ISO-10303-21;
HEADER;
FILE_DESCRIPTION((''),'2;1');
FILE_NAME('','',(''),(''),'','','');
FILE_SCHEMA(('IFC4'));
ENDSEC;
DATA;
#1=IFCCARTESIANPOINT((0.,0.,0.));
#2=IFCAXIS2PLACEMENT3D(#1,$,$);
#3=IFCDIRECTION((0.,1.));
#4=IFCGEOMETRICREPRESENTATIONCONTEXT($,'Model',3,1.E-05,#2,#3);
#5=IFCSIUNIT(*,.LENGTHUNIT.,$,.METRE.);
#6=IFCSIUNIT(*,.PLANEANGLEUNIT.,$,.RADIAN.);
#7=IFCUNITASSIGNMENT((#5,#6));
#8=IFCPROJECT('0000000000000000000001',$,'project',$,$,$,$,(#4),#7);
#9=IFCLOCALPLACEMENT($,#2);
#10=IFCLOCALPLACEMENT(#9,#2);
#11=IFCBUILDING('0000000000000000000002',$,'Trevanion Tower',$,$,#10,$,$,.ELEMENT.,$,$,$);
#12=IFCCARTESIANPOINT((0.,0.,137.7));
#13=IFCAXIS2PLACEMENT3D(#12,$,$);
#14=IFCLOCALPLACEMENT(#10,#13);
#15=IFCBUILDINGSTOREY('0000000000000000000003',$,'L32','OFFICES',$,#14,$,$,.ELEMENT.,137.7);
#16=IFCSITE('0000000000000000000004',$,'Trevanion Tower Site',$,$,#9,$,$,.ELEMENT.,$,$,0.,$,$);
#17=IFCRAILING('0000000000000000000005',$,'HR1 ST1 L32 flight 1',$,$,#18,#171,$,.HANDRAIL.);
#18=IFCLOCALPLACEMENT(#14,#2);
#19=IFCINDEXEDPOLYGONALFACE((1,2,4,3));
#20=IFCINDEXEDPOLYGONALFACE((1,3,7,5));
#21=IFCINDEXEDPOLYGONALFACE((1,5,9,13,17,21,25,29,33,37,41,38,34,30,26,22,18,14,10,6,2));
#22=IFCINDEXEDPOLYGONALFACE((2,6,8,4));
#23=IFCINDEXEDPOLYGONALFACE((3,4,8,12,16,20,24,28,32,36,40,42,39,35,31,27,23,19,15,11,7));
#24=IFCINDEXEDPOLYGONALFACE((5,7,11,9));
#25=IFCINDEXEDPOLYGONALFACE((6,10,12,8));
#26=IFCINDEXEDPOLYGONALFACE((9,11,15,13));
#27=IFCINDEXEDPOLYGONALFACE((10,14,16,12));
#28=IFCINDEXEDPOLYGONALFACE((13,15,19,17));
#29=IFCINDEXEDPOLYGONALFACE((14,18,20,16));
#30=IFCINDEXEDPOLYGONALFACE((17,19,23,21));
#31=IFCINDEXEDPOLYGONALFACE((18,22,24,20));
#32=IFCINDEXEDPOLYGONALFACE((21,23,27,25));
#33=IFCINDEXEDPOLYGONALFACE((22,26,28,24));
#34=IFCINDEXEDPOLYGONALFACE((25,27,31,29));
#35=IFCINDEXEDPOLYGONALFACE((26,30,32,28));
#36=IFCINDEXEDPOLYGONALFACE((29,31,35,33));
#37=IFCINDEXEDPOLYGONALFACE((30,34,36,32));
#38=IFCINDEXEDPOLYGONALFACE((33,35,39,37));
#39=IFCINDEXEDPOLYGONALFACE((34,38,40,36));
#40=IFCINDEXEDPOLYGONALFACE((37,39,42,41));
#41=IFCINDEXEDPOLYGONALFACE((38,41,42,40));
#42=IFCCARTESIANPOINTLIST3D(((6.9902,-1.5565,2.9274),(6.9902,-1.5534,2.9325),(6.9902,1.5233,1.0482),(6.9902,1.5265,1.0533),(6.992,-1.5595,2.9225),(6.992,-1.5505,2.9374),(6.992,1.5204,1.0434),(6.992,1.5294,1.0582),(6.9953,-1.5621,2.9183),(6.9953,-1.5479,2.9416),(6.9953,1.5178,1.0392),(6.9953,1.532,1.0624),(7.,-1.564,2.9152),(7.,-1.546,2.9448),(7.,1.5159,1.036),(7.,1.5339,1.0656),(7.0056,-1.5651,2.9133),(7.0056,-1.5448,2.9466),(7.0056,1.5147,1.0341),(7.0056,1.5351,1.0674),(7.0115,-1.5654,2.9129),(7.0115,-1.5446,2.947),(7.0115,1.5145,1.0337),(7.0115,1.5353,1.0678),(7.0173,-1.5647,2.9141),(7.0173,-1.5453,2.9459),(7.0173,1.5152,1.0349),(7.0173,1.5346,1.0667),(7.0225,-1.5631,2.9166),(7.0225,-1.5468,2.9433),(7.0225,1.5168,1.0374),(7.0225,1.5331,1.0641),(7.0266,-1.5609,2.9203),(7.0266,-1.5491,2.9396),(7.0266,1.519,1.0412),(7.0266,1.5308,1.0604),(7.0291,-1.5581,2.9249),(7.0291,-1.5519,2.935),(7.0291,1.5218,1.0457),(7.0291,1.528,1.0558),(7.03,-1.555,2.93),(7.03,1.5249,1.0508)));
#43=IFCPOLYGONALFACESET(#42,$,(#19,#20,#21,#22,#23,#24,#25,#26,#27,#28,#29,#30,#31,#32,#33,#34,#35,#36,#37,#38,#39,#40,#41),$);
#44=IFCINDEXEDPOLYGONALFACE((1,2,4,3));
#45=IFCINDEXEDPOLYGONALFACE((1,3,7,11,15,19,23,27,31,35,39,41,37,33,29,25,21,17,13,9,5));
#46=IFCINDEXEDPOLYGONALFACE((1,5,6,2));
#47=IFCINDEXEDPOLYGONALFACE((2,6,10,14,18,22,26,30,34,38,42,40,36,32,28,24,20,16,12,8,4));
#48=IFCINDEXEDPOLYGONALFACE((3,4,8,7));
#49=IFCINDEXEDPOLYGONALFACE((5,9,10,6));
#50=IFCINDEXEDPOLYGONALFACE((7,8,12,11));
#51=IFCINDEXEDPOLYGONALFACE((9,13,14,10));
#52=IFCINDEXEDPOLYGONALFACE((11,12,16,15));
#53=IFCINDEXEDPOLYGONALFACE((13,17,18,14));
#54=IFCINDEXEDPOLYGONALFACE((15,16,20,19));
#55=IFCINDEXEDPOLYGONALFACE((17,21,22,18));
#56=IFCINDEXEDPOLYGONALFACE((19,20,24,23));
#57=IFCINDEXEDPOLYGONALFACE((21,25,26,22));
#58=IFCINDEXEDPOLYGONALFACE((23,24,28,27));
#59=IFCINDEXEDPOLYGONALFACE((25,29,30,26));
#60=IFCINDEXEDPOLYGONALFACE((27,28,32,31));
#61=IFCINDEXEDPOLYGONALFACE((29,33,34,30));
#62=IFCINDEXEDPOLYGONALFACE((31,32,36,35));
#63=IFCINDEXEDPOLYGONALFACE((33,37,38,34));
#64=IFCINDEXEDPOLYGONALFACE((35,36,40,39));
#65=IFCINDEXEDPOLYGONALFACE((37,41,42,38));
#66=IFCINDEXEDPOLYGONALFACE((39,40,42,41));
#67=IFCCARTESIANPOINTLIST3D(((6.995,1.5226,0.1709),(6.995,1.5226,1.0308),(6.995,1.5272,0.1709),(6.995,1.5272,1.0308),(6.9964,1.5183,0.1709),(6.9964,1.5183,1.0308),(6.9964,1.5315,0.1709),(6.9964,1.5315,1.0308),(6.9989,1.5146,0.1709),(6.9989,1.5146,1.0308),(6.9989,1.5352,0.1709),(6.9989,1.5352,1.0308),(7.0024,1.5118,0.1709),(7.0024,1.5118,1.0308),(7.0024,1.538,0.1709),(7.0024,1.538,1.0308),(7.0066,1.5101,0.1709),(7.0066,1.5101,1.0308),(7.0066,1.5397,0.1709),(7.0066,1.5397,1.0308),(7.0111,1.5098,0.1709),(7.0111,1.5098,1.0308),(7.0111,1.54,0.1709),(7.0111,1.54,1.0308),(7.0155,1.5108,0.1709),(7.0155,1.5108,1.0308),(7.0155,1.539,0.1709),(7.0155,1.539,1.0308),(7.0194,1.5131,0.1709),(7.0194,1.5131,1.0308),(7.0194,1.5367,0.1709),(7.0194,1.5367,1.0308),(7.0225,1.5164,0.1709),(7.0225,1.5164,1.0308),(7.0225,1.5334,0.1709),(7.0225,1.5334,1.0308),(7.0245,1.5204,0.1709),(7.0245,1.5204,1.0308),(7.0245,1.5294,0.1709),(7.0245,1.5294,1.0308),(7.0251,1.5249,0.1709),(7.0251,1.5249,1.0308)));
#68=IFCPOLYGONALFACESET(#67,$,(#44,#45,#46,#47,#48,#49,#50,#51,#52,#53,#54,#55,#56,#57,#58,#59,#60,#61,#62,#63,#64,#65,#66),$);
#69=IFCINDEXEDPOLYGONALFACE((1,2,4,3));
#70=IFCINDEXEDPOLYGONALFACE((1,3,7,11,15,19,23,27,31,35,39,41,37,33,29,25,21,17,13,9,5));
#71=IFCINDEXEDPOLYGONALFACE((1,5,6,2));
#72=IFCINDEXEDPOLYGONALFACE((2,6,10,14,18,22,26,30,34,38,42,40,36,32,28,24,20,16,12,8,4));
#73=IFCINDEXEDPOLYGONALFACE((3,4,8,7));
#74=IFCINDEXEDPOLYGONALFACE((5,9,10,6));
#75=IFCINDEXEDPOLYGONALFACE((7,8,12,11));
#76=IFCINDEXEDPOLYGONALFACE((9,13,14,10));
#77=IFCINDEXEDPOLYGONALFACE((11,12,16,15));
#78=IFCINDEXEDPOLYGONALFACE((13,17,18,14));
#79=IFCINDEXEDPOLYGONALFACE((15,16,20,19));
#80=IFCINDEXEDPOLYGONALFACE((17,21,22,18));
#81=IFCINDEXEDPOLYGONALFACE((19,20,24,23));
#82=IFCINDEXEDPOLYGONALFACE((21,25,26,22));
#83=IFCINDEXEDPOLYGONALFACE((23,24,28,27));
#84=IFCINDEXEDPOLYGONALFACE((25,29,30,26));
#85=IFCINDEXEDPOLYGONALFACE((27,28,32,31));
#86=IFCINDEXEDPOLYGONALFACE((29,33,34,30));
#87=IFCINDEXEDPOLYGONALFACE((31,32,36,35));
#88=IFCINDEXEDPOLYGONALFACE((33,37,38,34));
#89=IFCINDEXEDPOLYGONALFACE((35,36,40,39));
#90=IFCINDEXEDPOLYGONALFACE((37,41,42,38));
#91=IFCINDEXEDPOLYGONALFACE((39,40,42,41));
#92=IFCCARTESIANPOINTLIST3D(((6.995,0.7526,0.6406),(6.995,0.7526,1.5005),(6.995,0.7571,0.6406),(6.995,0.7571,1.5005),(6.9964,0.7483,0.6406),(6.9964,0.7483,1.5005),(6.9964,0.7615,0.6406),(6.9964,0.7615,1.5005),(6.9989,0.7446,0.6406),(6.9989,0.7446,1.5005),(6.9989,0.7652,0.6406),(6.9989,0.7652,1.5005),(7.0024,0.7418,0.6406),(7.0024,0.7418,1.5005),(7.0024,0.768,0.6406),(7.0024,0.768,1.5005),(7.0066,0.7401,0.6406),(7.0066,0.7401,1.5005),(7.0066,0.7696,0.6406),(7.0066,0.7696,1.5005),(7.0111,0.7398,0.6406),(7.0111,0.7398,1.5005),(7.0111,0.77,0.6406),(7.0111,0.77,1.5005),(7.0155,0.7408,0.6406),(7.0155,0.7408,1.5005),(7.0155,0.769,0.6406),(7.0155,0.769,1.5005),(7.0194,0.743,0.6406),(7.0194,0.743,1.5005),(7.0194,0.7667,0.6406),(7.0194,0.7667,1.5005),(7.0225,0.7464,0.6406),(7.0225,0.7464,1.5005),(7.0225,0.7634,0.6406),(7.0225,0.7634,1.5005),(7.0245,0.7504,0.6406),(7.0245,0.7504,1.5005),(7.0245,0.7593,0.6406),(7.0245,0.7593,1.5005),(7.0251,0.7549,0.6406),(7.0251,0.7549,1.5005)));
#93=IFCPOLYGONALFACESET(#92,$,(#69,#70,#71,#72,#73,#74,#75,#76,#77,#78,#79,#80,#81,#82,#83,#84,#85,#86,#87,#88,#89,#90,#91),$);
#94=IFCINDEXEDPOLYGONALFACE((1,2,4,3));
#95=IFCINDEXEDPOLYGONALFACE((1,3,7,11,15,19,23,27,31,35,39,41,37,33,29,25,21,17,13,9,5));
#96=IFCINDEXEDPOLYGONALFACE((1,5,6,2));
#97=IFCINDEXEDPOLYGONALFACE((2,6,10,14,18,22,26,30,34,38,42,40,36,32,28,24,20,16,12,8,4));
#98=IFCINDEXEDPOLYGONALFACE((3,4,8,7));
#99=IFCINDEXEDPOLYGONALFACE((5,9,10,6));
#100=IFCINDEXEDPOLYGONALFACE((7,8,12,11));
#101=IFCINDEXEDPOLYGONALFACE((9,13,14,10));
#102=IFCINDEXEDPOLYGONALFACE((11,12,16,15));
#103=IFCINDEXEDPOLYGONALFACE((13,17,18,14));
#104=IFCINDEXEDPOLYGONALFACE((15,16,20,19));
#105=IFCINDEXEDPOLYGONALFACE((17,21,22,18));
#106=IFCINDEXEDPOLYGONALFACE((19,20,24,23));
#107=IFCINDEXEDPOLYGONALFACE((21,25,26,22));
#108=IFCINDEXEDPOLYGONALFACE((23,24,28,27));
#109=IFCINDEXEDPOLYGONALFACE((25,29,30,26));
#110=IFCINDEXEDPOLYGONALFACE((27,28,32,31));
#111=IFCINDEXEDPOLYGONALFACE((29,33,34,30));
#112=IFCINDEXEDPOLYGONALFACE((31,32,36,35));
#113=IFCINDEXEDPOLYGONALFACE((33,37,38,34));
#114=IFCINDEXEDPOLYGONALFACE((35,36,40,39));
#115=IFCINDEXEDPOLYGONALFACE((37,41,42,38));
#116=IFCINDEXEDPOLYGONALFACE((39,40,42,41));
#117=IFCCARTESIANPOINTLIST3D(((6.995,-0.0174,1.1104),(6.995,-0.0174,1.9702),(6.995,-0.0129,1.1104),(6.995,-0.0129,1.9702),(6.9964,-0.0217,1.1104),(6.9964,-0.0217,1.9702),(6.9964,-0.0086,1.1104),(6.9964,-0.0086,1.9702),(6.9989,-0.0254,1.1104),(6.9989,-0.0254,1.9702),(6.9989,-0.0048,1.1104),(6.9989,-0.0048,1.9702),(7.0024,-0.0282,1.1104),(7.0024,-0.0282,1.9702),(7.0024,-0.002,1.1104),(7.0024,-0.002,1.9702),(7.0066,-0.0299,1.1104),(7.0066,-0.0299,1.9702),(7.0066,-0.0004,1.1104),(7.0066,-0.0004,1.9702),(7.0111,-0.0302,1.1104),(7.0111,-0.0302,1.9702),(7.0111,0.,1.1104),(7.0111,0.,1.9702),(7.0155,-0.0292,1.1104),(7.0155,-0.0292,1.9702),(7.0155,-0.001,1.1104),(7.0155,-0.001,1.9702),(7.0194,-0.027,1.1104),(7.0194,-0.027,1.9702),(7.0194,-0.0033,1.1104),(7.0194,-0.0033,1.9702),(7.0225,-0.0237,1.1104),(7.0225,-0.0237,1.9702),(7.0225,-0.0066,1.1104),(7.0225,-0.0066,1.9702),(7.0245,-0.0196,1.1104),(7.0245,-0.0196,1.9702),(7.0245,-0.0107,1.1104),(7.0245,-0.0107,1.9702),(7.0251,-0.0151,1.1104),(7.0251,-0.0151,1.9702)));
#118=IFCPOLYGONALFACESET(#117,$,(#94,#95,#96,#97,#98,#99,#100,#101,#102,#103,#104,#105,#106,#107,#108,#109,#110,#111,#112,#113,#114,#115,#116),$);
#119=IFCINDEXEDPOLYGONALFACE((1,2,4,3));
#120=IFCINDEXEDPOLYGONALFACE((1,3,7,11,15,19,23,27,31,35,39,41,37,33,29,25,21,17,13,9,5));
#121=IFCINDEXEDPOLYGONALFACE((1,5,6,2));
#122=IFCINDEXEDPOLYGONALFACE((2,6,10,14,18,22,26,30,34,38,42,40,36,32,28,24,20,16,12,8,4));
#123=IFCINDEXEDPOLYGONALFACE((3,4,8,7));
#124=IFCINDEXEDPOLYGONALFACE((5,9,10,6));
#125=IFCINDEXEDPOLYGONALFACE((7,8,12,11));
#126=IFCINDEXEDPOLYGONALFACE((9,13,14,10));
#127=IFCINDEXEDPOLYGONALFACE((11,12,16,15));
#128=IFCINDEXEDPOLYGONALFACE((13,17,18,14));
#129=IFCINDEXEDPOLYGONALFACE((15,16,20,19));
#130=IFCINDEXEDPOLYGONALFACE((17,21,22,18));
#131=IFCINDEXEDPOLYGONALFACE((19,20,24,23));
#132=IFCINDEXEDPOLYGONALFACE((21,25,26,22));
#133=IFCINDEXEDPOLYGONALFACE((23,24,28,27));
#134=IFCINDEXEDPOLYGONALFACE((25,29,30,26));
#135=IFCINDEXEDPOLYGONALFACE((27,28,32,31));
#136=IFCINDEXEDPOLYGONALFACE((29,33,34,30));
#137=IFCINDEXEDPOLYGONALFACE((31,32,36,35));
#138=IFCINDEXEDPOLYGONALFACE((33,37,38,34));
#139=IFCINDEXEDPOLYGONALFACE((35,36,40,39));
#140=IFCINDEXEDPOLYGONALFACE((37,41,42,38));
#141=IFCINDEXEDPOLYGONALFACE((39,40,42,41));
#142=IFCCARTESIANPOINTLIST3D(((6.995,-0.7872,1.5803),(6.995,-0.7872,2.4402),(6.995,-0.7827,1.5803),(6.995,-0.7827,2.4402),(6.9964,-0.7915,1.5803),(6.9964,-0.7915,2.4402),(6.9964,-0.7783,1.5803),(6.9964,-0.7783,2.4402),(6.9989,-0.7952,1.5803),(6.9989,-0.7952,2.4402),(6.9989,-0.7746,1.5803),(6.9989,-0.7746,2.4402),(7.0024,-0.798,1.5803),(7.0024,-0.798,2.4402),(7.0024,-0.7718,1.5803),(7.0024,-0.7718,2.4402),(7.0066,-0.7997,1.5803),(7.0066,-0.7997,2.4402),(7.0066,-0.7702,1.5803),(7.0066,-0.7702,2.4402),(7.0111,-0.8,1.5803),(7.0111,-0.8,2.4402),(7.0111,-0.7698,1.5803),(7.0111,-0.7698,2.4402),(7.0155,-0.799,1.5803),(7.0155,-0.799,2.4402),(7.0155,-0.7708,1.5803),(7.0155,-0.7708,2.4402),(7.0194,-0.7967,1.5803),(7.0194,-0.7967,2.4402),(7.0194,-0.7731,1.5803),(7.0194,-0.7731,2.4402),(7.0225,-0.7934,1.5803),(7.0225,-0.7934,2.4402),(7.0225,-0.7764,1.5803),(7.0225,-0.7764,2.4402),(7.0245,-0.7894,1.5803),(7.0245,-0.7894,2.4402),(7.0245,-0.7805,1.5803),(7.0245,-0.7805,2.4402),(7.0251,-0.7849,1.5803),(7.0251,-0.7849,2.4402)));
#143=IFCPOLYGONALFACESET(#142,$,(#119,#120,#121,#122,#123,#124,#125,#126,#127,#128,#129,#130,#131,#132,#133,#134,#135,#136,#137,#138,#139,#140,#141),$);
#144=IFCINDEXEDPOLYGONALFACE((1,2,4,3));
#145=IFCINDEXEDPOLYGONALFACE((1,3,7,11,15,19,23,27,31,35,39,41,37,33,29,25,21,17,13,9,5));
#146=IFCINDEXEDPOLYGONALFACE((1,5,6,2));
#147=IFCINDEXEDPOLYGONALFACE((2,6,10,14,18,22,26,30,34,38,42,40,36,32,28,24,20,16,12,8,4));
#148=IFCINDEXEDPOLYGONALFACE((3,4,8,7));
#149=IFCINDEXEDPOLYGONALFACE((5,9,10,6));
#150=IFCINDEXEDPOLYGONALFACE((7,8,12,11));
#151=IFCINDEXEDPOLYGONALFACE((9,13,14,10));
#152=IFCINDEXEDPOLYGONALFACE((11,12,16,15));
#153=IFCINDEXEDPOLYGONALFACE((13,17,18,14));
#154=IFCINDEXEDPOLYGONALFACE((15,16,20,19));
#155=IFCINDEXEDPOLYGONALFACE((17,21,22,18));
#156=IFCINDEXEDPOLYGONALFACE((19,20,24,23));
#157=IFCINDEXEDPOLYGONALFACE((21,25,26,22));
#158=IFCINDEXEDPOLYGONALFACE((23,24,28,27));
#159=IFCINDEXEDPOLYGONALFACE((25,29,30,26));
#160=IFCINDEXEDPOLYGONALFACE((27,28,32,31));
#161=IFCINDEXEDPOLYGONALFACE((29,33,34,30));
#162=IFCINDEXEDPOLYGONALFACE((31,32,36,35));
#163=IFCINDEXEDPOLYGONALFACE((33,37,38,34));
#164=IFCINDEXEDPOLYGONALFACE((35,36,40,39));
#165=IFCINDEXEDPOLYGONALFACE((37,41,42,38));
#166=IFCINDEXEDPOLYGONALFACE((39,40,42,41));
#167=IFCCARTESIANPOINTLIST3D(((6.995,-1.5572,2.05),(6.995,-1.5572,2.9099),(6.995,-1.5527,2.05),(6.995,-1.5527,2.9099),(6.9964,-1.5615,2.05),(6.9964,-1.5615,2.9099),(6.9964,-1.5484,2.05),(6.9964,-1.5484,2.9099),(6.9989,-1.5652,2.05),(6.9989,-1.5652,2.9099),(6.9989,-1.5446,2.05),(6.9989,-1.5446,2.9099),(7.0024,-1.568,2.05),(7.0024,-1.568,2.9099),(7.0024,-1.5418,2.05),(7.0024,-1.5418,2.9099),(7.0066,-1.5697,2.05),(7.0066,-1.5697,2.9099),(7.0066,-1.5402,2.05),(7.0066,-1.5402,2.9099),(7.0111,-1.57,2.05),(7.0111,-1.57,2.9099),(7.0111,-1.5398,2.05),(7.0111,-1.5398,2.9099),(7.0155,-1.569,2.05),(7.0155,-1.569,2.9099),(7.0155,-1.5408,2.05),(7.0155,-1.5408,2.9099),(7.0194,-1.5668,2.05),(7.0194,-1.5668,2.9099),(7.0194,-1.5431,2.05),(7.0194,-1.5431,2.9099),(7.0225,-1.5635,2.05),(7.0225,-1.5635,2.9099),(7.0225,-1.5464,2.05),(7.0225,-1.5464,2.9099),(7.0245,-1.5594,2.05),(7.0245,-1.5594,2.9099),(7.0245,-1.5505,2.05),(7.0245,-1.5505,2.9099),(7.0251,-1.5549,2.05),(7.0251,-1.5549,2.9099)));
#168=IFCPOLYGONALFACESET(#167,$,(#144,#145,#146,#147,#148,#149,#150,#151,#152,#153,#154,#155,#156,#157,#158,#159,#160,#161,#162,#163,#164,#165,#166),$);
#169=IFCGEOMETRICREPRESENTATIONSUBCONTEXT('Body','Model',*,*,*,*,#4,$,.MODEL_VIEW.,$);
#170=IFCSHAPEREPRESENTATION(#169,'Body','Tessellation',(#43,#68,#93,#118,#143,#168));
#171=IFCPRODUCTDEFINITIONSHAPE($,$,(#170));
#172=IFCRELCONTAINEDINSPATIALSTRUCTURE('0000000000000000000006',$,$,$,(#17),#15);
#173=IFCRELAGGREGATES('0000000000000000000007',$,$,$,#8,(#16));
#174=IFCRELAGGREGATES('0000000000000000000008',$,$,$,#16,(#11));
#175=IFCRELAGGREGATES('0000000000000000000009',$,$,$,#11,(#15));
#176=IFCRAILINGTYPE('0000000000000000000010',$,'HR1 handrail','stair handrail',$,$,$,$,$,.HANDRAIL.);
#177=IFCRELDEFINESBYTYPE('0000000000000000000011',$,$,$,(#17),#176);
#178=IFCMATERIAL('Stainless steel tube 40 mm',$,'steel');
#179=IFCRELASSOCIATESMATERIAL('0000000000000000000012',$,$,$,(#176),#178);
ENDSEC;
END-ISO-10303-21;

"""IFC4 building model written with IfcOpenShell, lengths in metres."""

from ifc_helpers import new_model, si_unit, direction, frame, origin, origin_2d, place, context, subcontext, project, spatial, circle, extrude, material, type_object, element, save


model = new_model("IFC4")

# Units and contexts
model_context = context("Model", 3, precision=1e-05, world=origin(), true_north=direction((0.0, 1.0)))
body_context = subcontext(model_context, "Body", "Model", "MODEL_VIEW")
ifc_project = project(units=[si_unit("LENGTHUNIT", "METRE"), si_unit("PLANEANGLEUNIT", "RADIAN")], contexts=[model_context])

# Site, building, storey
site_placement = place(None, origin())
site = spatial("IfcSite", under=ifc_project, at=site_placement, Name="Trevanion Tower Site", CompositionType="ELEMENT", RefElevation=0.0)
building_placement = place(site_placement, origin())
building = spatial("IfcBuilding", under=site, at=building_placement, Name="Trevanion Tower", CompositionType="ELEMENT")
storey_placement = place(building_placement, frame((0.0, 0.0, 137.7)))
storey = spatial("IfcBuildingStorey", under=building, at=storey_placement, Name="L32", Description="OFFICES", CompositionType="ELEMENT", Elevation=137.7)

# Railing
ifc_material_1 = material(Name="Stainless steel tube 40 mm", Category="steel")
railing_type = type_object("IfcRailingType", Name="HR1 handrail", Description="stair handrail", PredefinedType="HANDRAIL", material=ifc_material_1)
for number, where, name in (
    (1, (7.01, 1.5249, 0.1709), "HR1 ST1 L32 flight 1"),
):
    element("IfcRailing", number, at=place(storey_placement, frame(where)), inside=storey, type_object=railing_type, Name=name, PredefinedType="HANDRAIL", context=body_context, shape_type="SweptSolid", body=[
        extrude(circle(Radius=0.02, at=origin_2d()), frame((0.0, 0.0, 0.8799), z_axis=(0.0, -0.853648, 0.52085), x_axis=(1.0, 0.0, 0.0)), (0.0, 0.0, 1.0), 3.6079),
        extrude(circle(Radius=0.0151, at=origin_2d()), origin(), (0.0, 0.0, 1.0), 0.8599),
        extrude(circle(Radius=0.0151, at=origin_2d()), frame((0.0, -0.77, 0.4697)), (0.0, 0.0, 1.0), 0.8599),
        extrude(circle(Radius=0.0151, at=origin_2d()), frame((0.0, -1.54, 0.9395)), (0.0, 0.0, 1.0), 0.8599),
        extrude(circle(Radius=0.0151, at=origin_2d()), frame((0.0, -2.3098, 1.4094)), (0.0, 0.0, 1.0), 0.8599),
        extrude(circle(Radius=0.0151, at=origin_2d()), frame((0.0, -3.0798, 1.8792)), (0.0, 0.0, 1.0), 0.8599),
    ])

save(model, "model.ifc")
